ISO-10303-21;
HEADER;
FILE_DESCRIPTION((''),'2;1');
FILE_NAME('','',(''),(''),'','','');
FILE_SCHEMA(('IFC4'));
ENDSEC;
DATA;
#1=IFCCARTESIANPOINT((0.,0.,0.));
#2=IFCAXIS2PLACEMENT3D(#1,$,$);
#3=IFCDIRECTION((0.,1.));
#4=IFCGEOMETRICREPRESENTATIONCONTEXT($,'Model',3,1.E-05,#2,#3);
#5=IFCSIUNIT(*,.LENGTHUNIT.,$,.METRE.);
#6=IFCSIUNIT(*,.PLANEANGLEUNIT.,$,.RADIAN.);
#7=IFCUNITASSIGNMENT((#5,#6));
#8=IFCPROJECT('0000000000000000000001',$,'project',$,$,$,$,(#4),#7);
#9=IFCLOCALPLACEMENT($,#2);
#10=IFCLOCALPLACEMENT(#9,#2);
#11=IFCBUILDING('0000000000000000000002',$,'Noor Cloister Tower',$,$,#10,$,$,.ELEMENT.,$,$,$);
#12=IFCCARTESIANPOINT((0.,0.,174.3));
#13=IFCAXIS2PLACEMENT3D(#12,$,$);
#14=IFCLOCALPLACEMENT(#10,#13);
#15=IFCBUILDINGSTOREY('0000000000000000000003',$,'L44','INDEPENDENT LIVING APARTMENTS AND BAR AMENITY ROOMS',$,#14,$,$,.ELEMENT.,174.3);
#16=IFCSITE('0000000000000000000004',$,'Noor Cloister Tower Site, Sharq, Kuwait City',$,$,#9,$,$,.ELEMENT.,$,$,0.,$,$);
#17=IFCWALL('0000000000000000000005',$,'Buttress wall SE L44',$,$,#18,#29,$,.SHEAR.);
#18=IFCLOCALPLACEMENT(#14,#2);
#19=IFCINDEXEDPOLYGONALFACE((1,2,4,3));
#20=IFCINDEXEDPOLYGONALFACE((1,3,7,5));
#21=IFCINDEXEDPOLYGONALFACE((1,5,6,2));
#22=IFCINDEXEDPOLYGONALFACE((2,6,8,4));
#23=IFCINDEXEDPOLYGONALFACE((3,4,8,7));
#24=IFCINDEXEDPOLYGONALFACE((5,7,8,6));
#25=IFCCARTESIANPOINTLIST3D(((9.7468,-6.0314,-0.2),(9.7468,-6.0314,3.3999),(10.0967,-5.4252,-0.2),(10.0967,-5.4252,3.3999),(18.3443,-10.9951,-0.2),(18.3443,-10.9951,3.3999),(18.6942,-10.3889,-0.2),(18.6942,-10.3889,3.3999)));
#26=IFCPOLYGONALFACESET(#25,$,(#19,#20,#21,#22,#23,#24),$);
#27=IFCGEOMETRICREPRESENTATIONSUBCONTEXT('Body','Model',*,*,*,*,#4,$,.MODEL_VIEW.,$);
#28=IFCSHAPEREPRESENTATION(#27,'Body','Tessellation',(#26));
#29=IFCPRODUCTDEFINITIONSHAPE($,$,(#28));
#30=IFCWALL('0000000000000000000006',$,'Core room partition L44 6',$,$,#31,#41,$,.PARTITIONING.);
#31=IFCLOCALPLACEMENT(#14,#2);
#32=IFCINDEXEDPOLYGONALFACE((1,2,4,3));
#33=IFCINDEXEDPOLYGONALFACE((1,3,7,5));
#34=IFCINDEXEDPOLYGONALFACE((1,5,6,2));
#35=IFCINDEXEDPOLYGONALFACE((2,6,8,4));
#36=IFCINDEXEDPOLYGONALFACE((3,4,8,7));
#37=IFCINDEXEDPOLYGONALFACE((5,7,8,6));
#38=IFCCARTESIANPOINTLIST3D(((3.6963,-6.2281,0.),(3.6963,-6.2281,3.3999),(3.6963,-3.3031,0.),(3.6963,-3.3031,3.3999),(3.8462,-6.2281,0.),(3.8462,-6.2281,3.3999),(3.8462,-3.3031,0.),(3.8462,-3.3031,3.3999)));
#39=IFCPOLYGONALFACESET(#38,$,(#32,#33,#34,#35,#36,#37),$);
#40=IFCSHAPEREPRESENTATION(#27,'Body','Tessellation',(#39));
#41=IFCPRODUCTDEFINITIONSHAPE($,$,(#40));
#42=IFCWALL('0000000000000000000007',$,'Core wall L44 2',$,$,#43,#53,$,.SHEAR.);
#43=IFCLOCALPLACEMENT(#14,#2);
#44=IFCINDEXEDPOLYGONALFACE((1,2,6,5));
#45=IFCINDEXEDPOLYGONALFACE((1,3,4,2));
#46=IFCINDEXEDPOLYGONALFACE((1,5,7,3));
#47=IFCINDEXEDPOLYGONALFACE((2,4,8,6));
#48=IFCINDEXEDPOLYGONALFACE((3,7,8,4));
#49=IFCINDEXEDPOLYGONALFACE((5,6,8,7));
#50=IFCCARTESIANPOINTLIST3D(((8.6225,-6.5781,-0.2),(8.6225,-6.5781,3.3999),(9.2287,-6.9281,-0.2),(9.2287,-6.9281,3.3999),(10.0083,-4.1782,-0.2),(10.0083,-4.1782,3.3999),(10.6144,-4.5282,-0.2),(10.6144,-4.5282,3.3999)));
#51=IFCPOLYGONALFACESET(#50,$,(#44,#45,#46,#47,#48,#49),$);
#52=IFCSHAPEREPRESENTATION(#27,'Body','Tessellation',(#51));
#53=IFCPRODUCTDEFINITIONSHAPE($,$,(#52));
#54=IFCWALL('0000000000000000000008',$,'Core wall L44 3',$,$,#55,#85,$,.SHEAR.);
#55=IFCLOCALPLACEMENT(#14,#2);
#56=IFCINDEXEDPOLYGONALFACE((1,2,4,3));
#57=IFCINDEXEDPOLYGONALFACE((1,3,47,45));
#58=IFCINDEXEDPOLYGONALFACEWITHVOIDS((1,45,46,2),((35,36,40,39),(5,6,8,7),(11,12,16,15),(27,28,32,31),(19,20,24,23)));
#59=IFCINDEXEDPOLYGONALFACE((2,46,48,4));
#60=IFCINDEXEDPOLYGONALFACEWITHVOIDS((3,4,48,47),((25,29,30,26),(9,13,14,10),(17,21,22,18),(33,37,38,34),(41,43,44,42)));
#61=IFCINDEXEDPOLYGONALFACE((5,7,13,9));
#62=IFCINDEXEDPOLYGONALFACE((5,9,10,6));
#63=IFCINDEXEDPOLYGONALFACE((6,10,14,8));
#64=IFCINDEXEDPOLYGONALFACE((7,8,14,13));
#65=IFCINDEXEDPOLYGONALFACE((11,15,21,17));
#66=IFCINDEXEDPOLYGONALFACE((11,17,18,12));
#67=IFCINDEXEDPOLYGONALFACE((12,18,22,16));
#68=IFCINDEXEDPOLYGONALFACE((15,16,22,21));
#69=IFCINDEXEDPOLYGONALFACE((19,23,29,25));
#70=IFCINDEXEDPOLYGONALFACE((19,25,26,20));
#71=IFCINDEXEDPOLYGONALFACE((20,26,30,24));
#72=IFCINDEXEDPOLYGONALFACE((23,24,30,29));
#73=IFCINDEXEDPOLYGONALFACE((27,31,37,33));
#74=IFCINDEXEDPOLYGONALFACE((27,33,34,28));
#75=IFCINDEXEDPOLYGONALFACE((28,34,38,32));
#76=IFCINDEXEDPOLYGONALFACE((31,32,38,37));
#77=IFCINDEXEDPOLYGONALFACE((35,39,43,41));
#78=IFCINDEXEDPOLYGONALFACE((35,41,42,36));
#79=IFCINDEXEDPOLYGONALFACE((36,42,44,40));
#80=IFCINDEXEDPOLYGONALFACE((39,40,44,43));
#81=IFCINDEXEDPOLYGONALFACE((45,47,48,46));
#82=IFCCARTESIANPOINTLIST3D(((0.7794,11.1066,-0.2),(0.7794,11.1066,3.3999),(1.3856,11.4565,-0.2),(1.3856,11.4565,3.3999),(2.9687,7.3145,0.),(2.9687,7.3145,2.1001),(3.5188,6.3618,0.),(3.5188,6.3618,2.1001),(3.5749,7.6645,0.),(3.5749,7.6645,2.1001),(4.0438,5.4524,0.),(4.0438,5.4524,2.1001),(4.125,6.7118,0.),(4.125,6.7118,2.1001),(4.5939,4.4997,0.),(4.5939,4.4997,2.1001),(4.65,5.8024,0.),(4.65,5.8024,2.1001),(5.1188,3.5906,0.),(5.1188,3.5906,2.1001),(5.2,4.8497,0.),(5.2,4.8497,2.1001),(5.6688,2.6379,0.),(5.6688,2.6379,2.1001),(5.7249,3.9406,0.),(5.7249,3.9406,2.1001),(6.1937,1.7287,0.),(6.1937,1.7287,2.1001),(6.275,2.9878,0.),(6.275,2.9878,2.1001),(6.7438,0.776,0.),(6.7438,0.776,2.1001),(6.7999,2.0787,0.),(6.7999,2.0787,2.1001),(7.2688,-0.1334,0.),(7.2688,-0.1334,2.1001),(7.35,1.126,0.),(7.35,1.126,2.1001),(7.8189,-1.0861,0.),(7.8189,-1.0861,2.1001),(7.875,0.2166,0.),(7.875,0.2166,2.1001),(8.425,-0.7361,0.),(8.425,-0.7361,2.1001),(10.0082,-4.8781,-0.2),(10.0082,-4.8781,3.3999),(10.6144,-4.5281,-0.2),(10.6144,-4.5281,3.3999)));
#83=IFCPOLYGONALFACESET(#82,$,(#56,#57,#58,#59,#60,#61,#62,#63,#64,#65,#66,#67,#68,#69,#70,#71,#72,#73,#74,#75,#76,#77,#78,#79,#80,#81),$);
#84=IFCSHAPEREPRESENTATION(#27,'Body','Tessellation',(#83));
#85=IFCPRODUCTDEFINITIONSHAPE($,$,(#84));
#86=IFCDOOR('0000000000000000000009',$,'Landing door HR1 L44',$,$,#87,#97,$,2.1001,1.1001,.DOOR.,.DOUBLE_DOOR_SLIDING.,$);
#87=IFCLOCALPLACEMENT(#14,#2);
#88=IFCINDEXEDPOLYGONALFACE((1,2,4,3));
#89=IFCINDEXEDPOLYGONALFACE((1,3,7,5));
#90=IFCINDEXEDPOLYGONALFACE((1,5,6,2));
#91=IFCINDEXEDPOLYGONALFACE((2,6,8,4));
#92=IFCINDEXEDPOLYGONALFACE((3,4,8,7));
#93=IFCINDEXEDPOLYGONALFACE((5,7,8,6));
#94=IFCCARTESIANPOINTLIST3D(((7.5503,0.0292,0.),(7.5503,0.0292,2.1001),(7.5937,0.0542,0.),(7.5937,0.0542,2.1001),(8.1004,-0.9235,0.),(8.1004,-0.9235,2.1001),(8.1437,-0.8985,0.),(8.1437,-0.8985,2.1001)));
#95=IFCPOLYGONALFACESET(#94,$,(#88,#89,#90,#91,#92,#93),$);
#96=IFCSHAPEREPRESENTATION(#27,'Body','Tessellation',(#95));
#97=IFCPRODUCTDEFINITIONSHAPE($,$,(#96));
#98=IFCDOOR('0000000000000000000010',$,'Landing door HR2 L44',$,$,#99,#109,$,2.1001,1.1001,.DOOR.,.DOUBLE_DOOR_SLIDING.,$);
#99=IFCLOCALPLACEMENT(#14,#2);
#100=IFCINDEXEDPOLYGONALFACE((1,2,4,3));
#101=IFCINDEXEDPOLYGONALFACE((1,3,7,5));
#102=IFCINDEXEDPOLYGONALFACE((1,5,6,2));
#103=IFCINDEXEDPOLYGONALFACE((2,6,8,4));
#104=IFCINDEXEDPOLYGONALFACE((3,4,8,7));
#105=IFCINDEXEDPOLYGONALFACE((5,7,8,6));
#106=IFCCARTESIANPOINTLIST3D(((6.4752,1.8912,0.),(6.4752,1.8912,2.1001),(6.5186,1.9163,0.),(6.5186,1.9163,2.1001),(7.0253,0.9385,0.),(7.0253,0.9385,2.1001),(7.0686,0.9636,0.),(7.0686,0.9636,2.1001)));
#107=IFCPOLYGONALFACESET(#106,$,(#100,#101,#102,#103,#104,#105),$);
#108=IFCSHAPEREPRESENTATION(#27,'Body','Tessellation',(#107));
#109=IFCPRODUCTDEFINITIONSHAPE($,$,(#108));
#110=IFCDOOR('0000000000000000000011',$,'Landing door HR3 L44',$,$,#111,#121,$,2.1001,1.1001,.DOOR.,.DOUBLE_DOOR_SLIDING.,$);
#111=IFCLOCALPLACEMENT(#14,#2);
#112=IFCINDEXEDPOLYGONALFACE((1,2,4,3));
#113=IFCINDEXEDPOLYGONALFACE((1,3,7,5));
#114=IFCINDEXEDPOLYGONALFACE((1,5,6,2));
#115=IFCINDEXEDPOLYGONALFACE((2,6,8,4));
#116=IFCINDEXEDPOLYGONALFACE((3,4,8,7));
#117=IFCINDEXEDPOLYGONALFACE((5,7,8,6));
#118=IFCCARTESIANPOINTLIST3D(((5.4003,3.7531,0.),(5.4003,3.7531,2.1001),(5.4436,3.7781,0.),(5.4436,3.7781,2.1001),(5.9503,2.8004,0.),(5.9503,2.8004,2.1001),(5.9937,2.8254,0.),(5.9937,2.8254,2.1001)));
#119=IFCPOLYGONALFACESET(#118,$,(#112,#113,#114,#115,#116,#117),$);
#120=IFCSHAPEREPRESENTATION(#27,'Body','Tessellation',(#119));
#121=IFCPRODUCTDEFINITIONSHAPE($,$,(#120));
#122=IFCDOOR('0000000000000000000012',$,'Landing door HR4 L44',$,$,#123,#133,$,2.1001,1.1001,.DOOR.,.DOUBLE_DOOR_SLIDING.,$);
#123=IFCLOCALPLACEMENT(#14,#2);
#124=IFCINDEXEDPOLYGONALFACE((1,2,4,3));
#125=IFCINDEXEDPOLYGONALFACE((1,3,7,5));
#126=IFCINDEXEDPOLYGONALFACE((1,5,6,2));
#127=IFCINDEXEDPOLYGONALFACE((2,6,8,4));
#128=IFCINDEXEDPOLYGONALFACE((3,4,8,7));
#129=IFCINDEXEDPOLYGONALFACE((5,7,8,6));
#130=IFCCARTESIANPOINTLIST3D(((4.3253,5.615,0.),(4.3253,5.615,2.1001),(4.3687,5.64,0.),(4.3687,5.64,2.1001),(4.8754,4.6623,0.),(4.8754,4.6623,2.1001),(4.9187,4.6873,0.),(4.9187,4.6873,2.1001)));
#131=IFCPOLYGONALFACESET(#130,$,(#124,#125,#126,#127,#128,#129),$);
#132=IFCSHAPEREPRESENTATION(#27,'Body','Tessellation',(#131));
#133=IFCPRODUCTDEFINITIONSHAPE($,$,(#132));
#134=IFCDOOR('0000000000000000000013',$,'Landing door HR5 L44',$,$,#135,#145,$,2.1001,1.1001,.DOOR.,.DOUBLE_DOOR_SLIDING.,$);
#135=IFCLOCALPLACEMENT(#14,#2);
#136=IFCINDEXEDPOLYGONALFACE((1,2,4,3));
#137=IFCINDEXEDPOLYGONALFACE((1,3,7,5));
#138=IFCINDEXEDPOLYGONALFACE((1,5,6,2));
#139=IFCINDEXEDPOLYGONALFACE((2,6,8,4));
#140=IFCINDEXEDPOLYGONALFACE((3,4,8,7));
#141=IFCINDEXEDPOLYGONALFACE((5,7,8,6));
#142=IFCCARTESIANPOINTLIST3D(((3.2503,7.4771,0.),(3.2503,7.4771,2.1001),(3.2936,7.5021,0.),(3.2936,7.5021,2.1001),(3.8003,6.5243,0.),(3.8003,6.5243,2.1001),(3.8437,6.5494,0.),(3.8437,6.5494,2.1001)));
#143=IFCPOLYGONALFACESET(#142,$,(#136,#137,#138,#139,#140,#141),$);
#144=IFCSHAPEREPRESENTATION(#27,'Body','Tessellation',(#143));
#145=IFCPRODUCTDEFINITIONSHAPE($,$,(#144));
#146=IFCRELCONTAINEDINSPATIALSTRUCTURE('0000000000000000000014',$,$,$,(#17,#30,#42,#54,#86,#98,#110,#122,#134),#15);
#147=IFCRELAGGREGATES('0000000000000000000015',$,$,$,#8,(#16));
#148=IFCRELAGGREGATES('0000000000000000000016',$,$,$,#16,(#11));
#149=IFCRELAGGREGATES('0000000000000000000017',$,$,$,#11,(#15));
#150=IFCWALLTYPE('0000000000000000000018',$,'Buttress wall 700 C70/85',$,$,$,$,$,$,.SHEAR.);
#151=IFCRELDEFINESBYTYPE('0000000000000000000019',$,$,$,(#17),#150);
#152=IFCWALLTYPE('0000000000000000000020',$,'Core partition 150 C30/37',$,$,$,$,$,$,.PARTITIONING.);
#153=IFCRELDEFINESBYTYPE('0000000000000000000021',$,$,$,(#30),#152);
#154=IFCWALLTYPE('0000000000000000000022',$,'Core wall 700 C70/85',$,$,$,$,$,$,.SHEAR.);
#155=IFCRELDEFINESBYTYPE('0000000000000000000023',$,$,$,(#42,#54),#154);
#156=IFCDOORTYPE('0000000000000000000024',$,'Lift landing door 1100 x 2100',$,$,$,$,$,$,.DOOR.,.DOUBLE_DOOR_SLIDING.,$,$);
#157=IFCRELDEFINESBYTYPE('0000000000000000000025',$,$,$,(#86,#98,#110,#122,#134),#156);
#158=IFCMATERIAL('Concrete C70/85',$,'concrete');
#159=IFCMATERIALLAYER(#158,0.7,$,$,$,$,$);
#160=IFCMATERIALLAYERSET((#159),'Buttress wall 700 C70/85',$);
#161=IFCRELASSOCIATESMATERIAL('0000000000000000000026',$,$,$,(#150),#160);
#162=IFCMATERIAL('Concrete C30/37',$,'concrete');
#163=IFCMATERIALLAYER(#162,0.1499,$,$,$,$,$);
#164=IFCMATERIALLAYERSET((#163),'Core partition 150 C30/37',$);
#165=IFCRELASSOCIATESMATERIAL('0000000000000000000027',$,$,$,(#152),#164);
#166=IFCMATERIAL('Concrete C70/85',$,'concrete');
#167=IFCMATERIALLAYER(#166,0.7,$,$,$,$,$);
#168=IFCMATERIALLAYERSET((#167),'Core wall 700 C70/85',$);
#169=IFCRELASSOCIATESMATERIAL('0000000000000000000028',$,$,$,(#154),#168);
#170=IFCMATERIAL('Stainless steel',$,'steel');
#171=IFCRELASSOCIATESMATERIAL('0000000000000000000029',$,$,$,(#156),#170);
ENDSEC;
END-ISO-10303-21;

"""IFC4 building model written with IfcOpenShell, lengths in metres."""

from ifc_helpers import new_model, si_unit, direction, frame, frame_2d, origin, place, context, subcontext, project, spatial, rectangle, extrude, material, layer, layer_set, type_object, element, fill, save


model = new_model("IFC4")

# Units and contexts
model_context = context("Model", 3, precision=1e-05, world=origin(), true_north=direction((0.0, 1.0)))
body_context = subcontext(model_context, "Body", "Model", "MODEL_VIEW")
ifc_project = project(units=[si_unit("LENGTHUNIT", "METRE"), si_unit("PLANEANGLEUNIT", "RADIAN")], contexts=[model_context])

# Site, building, storey
site_placement = place(None, origin())
site = spatial("IfcSite", under=ifc_project, at=site_placement, Name="Noor Cloister Tower Site, Sharq, Kuwait City", CompositionType="ELEMENT", RefElevation=0.0)
building_placement = place(site_placement, origin())
building = spatial("IfcBuilding", under=site, at=building_placement, Name="Noor Cloister Tower", CompositionType="ELEMENT")
storey_placement = place(building_placement, frame((0.0, 0.0, 174.3)))
storey = spatial("IfcBuildingStorey", under=building, at=storey_placement, Name="L44", Description="INDEPENDENT LIVING APARTMENTS AND BAR AMENITY ROOMS", CompositionType="ELEMENT", Elevation=174.3)

# Walls
ifc_material_1 = material(Name="Concrete C70/85", Category="concrete")
ifc_layer_1 = layer(ifc_material_1, 0.7)
ifc_layer_set_1 = layer_set([ifc_layer_1], Name="Buttress wall 700 C70/85")
wall_type_1 = type_object("IfcWallType", Name="Buttress wall 700 C70/85", PredefinedType="SHEAR", material=ifc_layer_set_1)
wall_1_placement = place(storey_placement, frame((9.9216, -5.7283, -0.2), z_axis=(0.0, 0.0, 1.0), x_axis=(0.86603, -0.499993, 0.0)))
element("IfcWall", 1, at=wall_1_placement, inside=storey, type_object=wall_type_1, Name="Buttress wall SE L44", PredefinedType="SHEAR", context=body_context, shape_type="SweptSolid", body=[
    extrude(rectangle(XDim=9.9275, YDim=0.7, at=frame_2d((4.9639, 0.0))), origin(), (0.0, 0.0, 1.0), 3.5999),
])
ifc_material_2 = material(Name="Concrete C30/37", Category="concrete")
ifc_layer_2 = layer(ifc_material_2, 0.1499)
ifc_layer_set_2 = layer_set([ifc_layer_2], Name="Core partition 150 C30/37")
wall_type_2 = type_object("IfcWallType", Name="Core partition 150 C30/37", PredefinedType="PARTITIONING", material=ifc_layer_set_2)
wall_2_placement = place(storey_placement, frame((3.7712, -3.3032, 0.0), z_axis=(0.0, 0.0, 1.0), x_axis=(0.0, -1.0, 0.0)))
element("IfcWall", 2, at=wall_2_placement, inside=storey, type_object=wall_type_2, Name="Core room partition L44 6", PredefinedType="PARTITIONING", context=body_context, shape_type="SweptSolid", body=[
    extrude(rectangle(XDim=2.925, YDim=0.1499, at=frame_2d((1.4624, 0.0))), origin(), (0.0, 0.0, 1.0), 3.3999),
])
ifc_material_3 = material(Name="Concrete C70/85", Category="concrete")
ifc_layer_3 = layer(ifc_material_3, 0.7)
ifc_layer_set_3 = layer_set([ifc_layer_3], Name="Core wall 700 C70/85")
wall_type_3 = type_object("IfcWallType", Name="Core wall 700 C70/85", PredefinedType="SHEAR", material=ifc_layer_set_3)
wall_3_placement = place(storey_placement, frame((8.9255, -6.7532, -0.2), z_axis=(0.0, 0.0, 1.0), x_axis=(0.500043, 0.866001, 0.0)))
element("IfcWall", 3, at=wall_3_placement, inside=storey, type_object=wall_type_3, Name="Core wall L44 2", PredefinedType="SHEAR", context=body_context, shape_type="SweptSolid", body=[
    extrude(rectangle(XDim=2.7712, YDim=0.7, at=frame_2d((1.3857, 0.0))), origin(), (0.0, 0.0, 1.0), 3.5999),
])

# Wall, openings, doors
wall_4_placement = place(storey_placement, frame((10.3113, -4.7031, -0.2), z_axis=(0.0, 0.0, 1.0), x_axis=(-0.500001, 0.866025, 0.0)))
wall_4 = element("IfcWall", 4, at=wall_4_placement, inside=storey, type_object=wall_type_3, Name="Core wall L44 3", PredefinedType="SHEAR", context=body_context, shape_type="SweptSolid", body=[
    extrude(rectangle(XDim=18.4575, YDim=0.7, at=frame_2d((9.2288, 0.0))), origin(), (0.0, 0.0, 1.0), 3.5999),
])
opening_1_placement = place(wall_4_placement, frame((4.3787, 0.0, 0.2)))
opening_1 = element("IfcOpeningElement", 5, at=opening_1_placement, cuts=wall_4, PredefinedType="OPENING", context=body_context, shape_type="SweptSolid", body=[
    extrude(rectangle(XDim=1.1001, YDim=2.1001, at=frame_2d((0.55, 1.05))), frame((0.0, 0.3599, 0.0), z_axis=(0.0, -1.0, 0.0), x_axis=(1.0, 0.0, 0.0)), (0.0, 0.0, 1.0), 0.72),
])
opening_2_placement = place(wall_4_placement, frame((6.5288, 0.0, 0.2)))
opening_2 = element("IfcOpeningElement", 6, at=opening_2_placement, cuts=wall_4, PredefinedType="OPENING", context=body_context, shape_type="SweptSolid", body=[
    extrude(rectangle(XDim=1.1001, YDim=2.1001, at=frame_2d((0.55, 1.05))), frame((0.0, 0.3599, 0.0), z_axis=(0.0, -1.0, 0.0), x_axis=(1.0, 0.0, 0.0)), (0.0, 0.0, 1.0), 0.72),
])
opening_3_placement = place(wall_4_placement, frame((8.6787, 0.0, 0.2)))
opening_3 = element("IfcOpeningElement", 7, at=opening_3_placement, cuts=wall_4, PredefinedType="OPENING", context=body_context, shape_type="SweptSolid", body=[
    extrude(rectangle(XDim=1.1001, YDim=2.1001, at=frame_2d((0.55, 1.05))), frame((0.0, 0.3599, 0.0), z_axis=(0.0, -1.0, 0.0), x_axis=(1.0, 0.0, 0.0)), (0.0, 0.0, 1.0), 0.72),
])
opening_4_placement = place(wall_4_placement, frame((10.8286, 0.0, 0.2)))
opening_4 = element("IfcOpeningElement", 8, at=opening_4_placement, cuts=wall_4, PredefinedType="OPENING", context=body_context, shape_type="SweptSolid", body=[
    extrude(rectangle(XDim=1.1001, YDim=2.1001, at=frame_2d((0.55, 1.05))), frame((0.0, 0.3599, 0.0), z_axis=(0.0, -1.0, 0.0), x_axis=(1.0, 0.0, 0.0)), (0.0, 0.0, 1.0), 0.72),
])
opening_5_placement = place(wall_4_placement, frame((12.9788, 0.0, 0.2)))
opening_5 = element("IfcOpeningElement", 9, at=opening_5_placement, cuts=wall_4, PredefinedType="OPENING", context=body_context, shape_type="SweptSolid", body=[
    extrude(rectangle(XDim=1.1001, YDim=2.1001, at=frame_2d((0.55, 1.05))), frame((0.0, 0.3599, 0.0), z_axis=(0.0, -1.0, 0.0), x_axis=(1.0, 0.0, 0.0)), (0.0, 0.0, 1.0), 0.72),
])
ifc_material_4 = material(Name="Stainless steel", Category="steel")
door_type_1 = type_object("IfcDoorType", Name="Lift landing door 1100 x 2100", OperationType="DOUBLE_DOOR_SLIDING", PredefinedType="DOOR", material=ifc_material_4)
door_1_placement = place(opening_1_placement, origin())
door_1 = element("IfcDoor", 10, at=door_1_placement, inside=storey, type_object=door_type_1, Name="Landing door HR1 L44", OperationType="DOUBLE_DOOR_SLIDING", OverallHeight=2.1001, OverallWidth=1.1001, PredefinedType="DOOR", context=body_context, shape_type="SweptSolid", body=[
    extrude(rectangle(XDim=1.1001, YDim=2.1001, at=frame_2d((0.55, 1.05))), frame((0.0, 0.0249, 0.0), z_axis=(0.0, -1.0, 0.0), x_axis=(1.0, 0.0, 0.0)), (0.0, 0.0, 1.0), 0.05),
])
fill(opening_1, door_1)
door_2_placement = place(opening_2_placement, origin())
door_2 = element("IfcDoor", 11, at=door_2_placement, inside=storey, type_object=door_type_1, Name="Landing door HR2 L44", OperationType="DOUBLE_DOOR_SLIDING", OverallHeight=2.1001, OverallWidth=1.1001, PredefinedType="DOOR", context=body_context, shape_type="SweptSolid", body=[
    extrude(rectangle(XDim=1.1001, YDim=2.1001, at=frame_2d((0.55, 1.05))), frame((0.0, 0.0249, 0.0), z_axis=(0.0, -1.0, 0.0), x_axis=(1.0, 0.0, 0.0)), (0.0, 0.0, 1.0), 0.05),
])
fill(opening_2, door_2)
door_3_placement = place(opening_3_placement, origin())
door_3 = element("IfcDoor", 12, at=door_3_placement, inside=storey, type_object=door_type_1, Name="Landing door HR3 L44", OperationType="DOUBLE_DOOR_SLIDING", OverallHeight=2.1001, OverallWidth=1.1001, PredefinedType="DOOR", context=body_context, shape_type="SweptSolid", body=[
    extrude(rectangle(XDim=1.1001, YDim=2.1001, at=frame_2d((0.55, 1.05))), frame((0.0, 0.0249, 0.0), z_axis=(0.0, -1.0, 0.0), x_axis=(1.0, 0.0, 0.0)), (0.0, 0.0, 1.0), 0.05),
])
fill(opening_3, door_3)
door_4_placement = place(opening_4_placement, origin())
door_4 = element("IfcDoor", 13, at=door_4_placement, inside=storey, type_object=door_type_1, Name="Landing door HR4 L44", OperationType="DOUBLE_DOOR_SLIDING", OverallHeight=2.1001, OverallWidth=1.1001, PredefinedType="DOOR", context=body_context, shape_type="SweptSolid", body=[
    extrude(rectangle(XDim=1.1001, YDim=2.1001, at=frame_2d((0.55, 1.05))), frame((0.0, 0.0249, 0.0), z_axis=(0.0, -1.0, 0.0), x_axis=(1.0, 0.0, 0.0)), (0.0, 0.0, 1.0), 0.05),
])
fill(opening_4, door_4)
door_5_placement = place(opening_5_placement, origin())
door_5 = element("IfcDoor", 14, at=door_5_placement, inside=storey, type_object=door_type_1, Name="Landing door HR5 L44", OperationType="DOUBLE_DOOR_SLIDING", OverallHeight=2.1001, OverallWidth=1.1001, PredefinedType="DOOR", context=body_context, shape_type="SweptSolid", body=[
    extrude(rectangle(XDim=1.1001, YDim=2.1001, at=frame_2d((0.55, 1.05))), frame((0.0, 0.0249, 0.0), z_axis=(0.0, -1.0, 0.0), x_axis=(1.0, 0.0, 0.0)), (0.0, 0.0, 1.0), 0.05),
])
fill(opening_5, door_5)

save(model, "model.ifc")
